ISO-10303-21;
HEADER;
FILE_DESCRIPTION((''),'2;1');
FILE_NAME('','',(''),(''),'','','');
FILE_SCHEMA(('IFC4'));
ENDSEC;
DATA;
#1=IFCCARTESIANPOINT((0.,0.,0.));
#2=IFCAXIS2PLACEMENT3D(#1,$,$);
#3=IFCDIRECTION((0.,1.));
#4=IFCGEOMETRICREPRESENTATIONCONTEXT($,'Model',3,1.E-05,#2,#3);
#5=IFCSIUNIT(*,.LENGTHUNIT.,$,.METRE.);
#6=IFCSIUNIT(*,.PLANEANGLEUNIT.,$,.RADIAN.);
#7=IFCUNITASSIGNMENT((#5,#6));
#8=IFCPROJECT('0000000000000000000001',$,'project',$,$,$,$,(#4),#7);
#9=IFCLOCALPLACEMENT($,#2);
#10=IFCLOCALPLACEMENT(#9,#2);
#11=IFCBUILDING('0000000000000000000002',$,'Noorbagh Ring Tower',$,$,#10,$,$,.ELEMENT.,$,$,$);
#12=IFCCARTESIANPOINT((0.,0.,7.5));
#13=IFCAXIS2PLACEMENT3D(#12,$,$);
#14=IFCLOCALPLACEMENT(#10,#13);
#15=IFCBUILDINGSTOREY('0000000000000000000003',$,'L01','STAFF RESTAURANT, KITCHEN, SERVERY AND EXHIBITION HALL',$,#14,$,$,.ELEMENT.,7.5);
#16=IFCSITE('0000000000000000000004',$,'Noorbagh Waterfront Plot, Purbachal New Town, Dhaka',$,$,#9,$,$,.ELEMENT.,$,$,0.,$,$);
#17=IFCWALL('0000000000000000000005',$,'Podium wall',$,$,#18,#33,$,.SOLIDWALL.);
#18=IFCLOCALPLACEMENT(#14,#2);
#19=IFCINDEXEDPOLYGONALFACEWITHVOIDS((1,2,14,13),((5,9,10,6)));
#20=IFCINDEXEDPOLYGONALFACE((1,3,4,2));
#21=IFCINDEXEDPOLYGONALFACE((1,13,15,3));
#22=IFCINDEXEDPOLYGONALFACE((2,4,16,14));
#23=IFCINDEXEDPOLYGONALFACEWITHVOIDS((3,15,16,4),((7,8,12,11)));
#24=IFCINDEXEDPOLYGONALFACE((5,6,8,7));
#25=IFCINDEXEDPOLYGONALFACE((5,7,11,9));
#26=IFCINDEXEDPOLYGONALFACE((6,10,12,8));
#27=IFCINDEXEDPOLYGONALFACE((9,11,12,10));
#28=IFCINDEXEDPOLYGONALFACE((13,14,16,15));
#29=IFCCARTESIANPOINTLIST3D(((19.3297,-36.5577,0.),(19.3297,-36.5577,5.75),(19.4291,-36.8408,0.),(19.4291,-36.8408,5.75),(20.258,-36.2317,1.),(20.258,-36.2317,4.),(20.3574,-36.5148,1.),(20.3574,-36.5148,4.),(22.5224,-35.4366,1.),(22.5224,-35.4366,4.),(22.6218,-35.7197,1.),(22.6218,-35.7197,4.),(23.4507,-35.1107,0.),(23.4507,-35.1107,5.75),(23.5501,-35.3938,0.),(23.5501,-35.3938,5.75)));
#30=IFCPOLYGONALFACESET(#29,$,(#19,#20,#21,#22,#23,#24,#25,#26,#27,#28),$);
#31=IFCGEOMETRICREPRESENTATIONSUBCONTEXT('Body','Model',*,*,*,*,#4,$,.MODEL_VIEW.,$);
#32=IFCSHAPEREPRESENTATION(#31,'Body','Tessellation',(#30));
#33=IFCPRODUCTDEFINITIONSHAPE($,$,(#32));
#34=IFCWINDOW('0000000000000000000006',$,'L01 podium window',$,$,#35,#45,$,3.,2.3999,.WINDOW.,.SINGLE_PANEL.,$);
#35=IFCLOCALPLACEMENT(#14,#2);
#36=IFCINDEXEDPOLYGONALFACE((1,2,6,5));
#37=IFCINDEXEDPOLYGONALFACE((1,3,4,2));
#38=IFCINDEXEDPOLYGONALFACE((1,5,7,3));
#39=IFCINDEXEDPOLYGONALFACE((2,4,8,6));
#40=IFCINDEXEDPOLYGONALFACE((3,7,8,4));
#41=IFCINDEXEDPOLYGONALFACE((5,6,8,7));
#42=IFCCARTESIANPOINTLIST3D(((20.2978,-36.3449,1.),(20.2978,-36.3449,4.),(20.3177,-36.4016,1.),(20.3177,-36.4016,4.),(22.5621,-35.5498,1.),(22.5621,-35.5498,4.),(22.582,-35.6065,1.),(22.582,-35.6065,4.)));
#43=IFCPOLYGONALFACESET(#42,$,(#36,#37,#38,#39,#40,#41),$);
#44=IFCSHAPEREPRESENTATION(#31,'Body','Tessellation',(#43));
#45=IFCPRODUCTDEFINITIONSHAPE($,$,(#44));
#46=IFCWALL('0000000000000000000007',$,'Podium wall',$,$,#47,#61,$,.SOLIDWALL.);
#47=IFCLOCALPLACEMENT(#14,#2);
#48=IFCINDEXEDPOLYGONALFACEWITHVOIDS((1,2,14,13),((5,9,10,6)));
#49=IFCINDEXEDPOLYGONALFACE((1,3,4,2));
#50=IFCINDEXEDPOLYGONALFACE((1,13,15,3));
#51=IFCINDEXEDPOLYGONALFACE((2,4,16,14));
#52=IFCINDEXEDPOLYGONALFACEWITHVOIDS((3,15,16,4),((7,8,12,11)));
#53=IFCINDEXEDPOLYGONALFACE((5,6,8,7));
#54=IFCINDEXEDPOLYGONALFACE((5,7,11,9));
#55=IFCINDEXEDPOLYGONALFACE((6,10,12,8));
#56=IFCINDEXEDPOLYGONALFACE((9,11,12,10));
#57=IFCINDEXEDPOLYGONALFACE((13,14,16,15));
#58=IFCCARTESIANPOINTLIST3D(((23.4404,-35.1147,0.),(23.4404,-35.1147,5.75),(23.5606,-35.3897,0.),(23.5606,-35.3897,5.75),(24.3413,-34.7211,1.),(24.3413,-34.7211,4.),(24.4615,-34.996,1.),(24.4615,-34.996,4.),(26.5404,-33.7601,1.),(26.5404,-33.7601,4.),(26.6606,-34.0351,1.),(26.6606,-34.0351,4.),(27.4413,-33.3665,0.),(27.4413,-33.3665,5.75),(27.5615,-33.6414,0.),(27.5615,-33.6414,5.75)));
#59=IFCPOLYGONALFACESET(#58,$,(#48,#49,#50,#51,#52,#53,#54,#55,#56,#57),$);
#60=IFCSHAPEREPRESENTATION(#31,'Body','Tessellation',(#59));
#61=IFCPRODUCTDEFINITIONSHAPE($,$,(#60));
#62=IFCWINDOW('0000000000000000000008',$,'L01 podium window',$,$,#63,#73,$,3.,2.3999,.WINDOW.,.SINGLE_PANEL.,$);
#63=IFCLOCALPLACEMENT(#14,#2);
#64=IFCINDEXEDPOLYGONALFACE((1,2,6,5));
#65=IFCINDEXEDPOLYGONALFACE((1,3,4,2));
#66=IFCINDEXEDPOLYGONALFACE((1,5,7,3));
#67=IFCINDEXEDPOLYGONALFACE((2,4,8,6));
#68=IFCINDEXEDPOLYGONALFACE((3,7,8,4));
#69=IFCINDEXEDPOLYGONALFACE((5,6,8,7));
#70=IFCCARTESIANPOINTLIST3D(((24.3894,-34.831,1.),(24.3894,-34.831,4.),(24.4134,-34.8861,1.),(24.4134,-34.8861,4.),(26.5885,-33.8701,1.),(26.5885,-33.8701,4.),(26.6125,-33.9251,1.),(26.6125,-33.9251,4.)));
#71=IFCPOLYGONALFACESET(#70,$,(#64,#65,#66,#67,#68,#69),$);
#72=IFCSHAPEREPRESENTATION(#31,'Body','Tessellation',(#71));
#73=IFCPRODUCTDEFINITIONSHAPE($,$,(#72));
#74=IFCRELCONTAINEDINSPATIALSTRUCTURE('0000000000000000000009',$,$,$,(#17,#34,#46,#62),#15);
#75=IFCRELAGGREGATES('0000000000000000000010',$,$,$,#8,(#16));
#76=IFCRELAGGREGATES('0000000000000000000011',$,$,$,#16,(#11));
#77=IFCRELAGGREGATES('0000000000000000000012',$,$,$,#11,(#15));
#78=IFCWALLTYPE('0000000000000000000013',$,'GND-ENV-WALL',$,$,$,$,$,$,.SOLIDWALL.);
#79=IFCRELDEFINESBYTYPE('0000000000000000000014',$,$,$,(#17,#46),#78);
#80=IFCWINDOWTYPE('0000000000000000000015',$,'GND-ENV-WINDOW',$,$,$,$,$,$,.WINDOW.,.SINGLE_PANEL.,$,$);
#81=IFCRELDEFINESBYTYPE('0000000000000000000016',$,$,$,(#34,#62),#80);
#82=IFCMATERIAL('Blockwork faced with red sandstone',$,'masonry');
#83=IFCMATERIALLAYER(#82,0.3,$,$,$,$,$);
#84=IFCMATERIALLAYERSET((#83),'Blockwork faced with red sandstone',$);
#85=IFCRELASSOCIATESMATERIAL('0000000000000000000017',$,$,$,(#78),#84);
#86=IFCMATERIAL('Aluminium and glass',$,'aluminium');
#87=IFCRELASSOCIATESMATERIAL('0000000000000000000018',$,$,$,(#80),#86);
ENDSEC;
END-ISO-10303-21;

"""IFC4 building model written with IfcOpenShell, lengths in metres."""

from ifc_helpers import new_model, si_unit, direction, frame, frame_2d, origin, place, context, subcontext, project, spatial, rectangle, extrude, material, layer, layer_set, type_object, element, fill, save


model = new_model("IFC4")

# Units and contexts
model_context = context("Model", 3, precision=1e-05, world=origin(), true_north=direction((0.0, 1.0)))
body_context = subcontext(model_context, "Body", "Model", "MODEL_VIEW")
ifc_project = project(units=[si_unit("LENGTHUNIT", "METRE"), si_unit("PLANEANGLEUNIT", "RADIAN")], contexts=[model_context])

# Site, building, storey
site_placement = place(None, origin())
site = spatial("IfcSite", under=ifc_project, at=site_placement, Name="Noorbagh Waterfront Plot, Purbachal New Town, Dhaka", CompositionType="ELEMENT", RefElevation=0.0)
building_placement = place(site_placement, origin())
building = spatial("IfcBuilding", under=site, at=building_placement, Name="Noorbagh Ring Tower", CompositionType="ELEMENT")
storey_placement = place(building_placement, frame((0.0, 0.0, 7.5)))
storey = spatial("IfcBuildingStorey", under=building, at=storey_placement, Name="L01", Description="STAFF RESTAURANT, KITCHEN, SERVERY AND EXHIBITION HALL", CompositionType="ELEMENT", Elevation=7.5)

# Walls, openings, windows
ifc_material_1 = material(Name="Blockwork faced with red sandstone", Category="masonry")
ifc_layer_1 = layer(ifc_material_1, 0.3)
ifc_layer_set_1 = layer_set([ifc_layer_1], Name="Blockwork faced with red sandstone")
wall_type = type_object("IfcWallType", Name="GND-ENV-WALL", PredefinedType="SOLIDWALL", material=ifc_layer_set_1)
ifc_material_2 = material(Name="Aluminium and glass", Category="aluminium")
window_type = type_object("IfcWindowType", Name="GND-ENV-WINDOW", PartitioningType="SINGLE_PANEL", PredefinedType="WINDOW", material=ifc_material_2)
wall_1_placement = place(storey_placement, frame((19.3794, -36.6992, 0.0), z_axis=(0.0, 0.0, 1.0), x_axis=(0.943527, 0.331296, 0.0)))
wall_1 = element("IfcWall", 1, at=wall_1_placement, inside=storey, type_object=wall_type, Name="Podium wall", PredefinedType="SOLIDWALL", context=body_context, shape_type="SweptSolid", body=[
    extrude(rectangle(XDim=4.3677, YDim=0.3, at=frame_2d((2.1838, 0.0))), origin(), (0.0, 0.0, 1.0), 5.75),
])
opening_1_placement = place(wall_1_placement, frame((0.9839, 0.0, 1.0)))
opening_1 = element("IfcOpeningElement", 2, at=opening_1_placement, cuts=wall_1, PredefinedType="OPENING", context=body_context, shape_type="SweptSolid", body=[
    extrude(rectangle(XDim=2.3999, YDim=3.0, at=frame_2d((1.2, 1.5))), frame((0.0, 0.1602, 0.0), z_axis=(0.0, -1.0, 0.0), x_axis=(1.0, 0.0, 0.0)), (0.0, 0.0, 1.0), 0.3201),
])
window_1_placement = place(opening_1_placement, origin())
window_1 = element("IfcWindow", 3, at=window_1_placement, inside=storey, type_object=window_type, Name="L01 podium window", OverallHeight=3.0, OverallWidth=2.3999, PartitioningType="SINGLE_PANEL", PredefinedType="WINDOW", context=body_context, shape_type="SweptSolid", body=[
    extrude(rectangle(XDim=2.3999, YDim=3.0, at=frame_2d((1.2, 1.5))), frame((0.0, 0.03, 0.0), z_axis=(0.0, -1.0, 0.0), x_axis=(1.0, 0.0, 0.0)), (0.0, 0.0, 1.0), 0.0601),
])
fill(opening_1, window_1)
wall_2_placement = place(storey_placement, frame((23.5005, -35.2522, 0.0), z_axis=(0.0, 0.0, 1.0), x_axis=(0.916337, 0.400408, 0.0)))
wall_2 = element("IfcWall", 4, at=wall_2_placement, inside=storey, type_object=wall_type, Name="Podium wall", PredefinedType="SOLIDWALL", context=body_context, shape_type="SweptSolid", body=[
    extrude(rectangle(XDim=4.3662, YDim=0.3, at=frame_2d((2.1831, 0.0))), origin(), (0.0, 0.0, 1.0), 5.75),
])
opening_2_placement = place(wall_2_placement, frame((0.9832, 0.0, 1.0)))
opening_2 = element("IfcOpeningElement", 5, at=opening_2_placement, cuts=wall_2, PredefinedType="OPENING", context=body_context, shape_type="SweptSolid", body=[
    extrude(rectangle(XDim=2.3999, YDim=3.0, at=frame_2d((1.2, 1.5))), frame((0.0, 0.1602, 0.0), z_axis=(0.0, -1.0, 0.0), x_axis=(1.0, 0.0, 0.0)), (0.0, 0.0, 1.0), 0.3201),
])
window_2_placement = place(opening_2_placement, origin())
window_2 = element("IfcWindow", 6, at=window_2_placement, inside=storey, type_object=window_type, Name="L01 podium window", OverallHeight=3.0, OverallWidth=2.3999, PartitioningType="SINGLE_PANEL", PredefinedType="WINDOW", context=body_context, shape_type="SweptSolid", body=[
    extrude(rectangle(XDim=2.3999, YDim=3.0, at=frame_2d((1.2, 1.5))), frame((0.0, 0.03, 0.0), z_axis=(0.0, -1.0, 0.0), x_axis=(1.0, 0.0, 0.0)), (0.0, 0.0, 1.0), 0.0601),
])
fill(opening_2, window_2)

save(model, "model.ifc")
